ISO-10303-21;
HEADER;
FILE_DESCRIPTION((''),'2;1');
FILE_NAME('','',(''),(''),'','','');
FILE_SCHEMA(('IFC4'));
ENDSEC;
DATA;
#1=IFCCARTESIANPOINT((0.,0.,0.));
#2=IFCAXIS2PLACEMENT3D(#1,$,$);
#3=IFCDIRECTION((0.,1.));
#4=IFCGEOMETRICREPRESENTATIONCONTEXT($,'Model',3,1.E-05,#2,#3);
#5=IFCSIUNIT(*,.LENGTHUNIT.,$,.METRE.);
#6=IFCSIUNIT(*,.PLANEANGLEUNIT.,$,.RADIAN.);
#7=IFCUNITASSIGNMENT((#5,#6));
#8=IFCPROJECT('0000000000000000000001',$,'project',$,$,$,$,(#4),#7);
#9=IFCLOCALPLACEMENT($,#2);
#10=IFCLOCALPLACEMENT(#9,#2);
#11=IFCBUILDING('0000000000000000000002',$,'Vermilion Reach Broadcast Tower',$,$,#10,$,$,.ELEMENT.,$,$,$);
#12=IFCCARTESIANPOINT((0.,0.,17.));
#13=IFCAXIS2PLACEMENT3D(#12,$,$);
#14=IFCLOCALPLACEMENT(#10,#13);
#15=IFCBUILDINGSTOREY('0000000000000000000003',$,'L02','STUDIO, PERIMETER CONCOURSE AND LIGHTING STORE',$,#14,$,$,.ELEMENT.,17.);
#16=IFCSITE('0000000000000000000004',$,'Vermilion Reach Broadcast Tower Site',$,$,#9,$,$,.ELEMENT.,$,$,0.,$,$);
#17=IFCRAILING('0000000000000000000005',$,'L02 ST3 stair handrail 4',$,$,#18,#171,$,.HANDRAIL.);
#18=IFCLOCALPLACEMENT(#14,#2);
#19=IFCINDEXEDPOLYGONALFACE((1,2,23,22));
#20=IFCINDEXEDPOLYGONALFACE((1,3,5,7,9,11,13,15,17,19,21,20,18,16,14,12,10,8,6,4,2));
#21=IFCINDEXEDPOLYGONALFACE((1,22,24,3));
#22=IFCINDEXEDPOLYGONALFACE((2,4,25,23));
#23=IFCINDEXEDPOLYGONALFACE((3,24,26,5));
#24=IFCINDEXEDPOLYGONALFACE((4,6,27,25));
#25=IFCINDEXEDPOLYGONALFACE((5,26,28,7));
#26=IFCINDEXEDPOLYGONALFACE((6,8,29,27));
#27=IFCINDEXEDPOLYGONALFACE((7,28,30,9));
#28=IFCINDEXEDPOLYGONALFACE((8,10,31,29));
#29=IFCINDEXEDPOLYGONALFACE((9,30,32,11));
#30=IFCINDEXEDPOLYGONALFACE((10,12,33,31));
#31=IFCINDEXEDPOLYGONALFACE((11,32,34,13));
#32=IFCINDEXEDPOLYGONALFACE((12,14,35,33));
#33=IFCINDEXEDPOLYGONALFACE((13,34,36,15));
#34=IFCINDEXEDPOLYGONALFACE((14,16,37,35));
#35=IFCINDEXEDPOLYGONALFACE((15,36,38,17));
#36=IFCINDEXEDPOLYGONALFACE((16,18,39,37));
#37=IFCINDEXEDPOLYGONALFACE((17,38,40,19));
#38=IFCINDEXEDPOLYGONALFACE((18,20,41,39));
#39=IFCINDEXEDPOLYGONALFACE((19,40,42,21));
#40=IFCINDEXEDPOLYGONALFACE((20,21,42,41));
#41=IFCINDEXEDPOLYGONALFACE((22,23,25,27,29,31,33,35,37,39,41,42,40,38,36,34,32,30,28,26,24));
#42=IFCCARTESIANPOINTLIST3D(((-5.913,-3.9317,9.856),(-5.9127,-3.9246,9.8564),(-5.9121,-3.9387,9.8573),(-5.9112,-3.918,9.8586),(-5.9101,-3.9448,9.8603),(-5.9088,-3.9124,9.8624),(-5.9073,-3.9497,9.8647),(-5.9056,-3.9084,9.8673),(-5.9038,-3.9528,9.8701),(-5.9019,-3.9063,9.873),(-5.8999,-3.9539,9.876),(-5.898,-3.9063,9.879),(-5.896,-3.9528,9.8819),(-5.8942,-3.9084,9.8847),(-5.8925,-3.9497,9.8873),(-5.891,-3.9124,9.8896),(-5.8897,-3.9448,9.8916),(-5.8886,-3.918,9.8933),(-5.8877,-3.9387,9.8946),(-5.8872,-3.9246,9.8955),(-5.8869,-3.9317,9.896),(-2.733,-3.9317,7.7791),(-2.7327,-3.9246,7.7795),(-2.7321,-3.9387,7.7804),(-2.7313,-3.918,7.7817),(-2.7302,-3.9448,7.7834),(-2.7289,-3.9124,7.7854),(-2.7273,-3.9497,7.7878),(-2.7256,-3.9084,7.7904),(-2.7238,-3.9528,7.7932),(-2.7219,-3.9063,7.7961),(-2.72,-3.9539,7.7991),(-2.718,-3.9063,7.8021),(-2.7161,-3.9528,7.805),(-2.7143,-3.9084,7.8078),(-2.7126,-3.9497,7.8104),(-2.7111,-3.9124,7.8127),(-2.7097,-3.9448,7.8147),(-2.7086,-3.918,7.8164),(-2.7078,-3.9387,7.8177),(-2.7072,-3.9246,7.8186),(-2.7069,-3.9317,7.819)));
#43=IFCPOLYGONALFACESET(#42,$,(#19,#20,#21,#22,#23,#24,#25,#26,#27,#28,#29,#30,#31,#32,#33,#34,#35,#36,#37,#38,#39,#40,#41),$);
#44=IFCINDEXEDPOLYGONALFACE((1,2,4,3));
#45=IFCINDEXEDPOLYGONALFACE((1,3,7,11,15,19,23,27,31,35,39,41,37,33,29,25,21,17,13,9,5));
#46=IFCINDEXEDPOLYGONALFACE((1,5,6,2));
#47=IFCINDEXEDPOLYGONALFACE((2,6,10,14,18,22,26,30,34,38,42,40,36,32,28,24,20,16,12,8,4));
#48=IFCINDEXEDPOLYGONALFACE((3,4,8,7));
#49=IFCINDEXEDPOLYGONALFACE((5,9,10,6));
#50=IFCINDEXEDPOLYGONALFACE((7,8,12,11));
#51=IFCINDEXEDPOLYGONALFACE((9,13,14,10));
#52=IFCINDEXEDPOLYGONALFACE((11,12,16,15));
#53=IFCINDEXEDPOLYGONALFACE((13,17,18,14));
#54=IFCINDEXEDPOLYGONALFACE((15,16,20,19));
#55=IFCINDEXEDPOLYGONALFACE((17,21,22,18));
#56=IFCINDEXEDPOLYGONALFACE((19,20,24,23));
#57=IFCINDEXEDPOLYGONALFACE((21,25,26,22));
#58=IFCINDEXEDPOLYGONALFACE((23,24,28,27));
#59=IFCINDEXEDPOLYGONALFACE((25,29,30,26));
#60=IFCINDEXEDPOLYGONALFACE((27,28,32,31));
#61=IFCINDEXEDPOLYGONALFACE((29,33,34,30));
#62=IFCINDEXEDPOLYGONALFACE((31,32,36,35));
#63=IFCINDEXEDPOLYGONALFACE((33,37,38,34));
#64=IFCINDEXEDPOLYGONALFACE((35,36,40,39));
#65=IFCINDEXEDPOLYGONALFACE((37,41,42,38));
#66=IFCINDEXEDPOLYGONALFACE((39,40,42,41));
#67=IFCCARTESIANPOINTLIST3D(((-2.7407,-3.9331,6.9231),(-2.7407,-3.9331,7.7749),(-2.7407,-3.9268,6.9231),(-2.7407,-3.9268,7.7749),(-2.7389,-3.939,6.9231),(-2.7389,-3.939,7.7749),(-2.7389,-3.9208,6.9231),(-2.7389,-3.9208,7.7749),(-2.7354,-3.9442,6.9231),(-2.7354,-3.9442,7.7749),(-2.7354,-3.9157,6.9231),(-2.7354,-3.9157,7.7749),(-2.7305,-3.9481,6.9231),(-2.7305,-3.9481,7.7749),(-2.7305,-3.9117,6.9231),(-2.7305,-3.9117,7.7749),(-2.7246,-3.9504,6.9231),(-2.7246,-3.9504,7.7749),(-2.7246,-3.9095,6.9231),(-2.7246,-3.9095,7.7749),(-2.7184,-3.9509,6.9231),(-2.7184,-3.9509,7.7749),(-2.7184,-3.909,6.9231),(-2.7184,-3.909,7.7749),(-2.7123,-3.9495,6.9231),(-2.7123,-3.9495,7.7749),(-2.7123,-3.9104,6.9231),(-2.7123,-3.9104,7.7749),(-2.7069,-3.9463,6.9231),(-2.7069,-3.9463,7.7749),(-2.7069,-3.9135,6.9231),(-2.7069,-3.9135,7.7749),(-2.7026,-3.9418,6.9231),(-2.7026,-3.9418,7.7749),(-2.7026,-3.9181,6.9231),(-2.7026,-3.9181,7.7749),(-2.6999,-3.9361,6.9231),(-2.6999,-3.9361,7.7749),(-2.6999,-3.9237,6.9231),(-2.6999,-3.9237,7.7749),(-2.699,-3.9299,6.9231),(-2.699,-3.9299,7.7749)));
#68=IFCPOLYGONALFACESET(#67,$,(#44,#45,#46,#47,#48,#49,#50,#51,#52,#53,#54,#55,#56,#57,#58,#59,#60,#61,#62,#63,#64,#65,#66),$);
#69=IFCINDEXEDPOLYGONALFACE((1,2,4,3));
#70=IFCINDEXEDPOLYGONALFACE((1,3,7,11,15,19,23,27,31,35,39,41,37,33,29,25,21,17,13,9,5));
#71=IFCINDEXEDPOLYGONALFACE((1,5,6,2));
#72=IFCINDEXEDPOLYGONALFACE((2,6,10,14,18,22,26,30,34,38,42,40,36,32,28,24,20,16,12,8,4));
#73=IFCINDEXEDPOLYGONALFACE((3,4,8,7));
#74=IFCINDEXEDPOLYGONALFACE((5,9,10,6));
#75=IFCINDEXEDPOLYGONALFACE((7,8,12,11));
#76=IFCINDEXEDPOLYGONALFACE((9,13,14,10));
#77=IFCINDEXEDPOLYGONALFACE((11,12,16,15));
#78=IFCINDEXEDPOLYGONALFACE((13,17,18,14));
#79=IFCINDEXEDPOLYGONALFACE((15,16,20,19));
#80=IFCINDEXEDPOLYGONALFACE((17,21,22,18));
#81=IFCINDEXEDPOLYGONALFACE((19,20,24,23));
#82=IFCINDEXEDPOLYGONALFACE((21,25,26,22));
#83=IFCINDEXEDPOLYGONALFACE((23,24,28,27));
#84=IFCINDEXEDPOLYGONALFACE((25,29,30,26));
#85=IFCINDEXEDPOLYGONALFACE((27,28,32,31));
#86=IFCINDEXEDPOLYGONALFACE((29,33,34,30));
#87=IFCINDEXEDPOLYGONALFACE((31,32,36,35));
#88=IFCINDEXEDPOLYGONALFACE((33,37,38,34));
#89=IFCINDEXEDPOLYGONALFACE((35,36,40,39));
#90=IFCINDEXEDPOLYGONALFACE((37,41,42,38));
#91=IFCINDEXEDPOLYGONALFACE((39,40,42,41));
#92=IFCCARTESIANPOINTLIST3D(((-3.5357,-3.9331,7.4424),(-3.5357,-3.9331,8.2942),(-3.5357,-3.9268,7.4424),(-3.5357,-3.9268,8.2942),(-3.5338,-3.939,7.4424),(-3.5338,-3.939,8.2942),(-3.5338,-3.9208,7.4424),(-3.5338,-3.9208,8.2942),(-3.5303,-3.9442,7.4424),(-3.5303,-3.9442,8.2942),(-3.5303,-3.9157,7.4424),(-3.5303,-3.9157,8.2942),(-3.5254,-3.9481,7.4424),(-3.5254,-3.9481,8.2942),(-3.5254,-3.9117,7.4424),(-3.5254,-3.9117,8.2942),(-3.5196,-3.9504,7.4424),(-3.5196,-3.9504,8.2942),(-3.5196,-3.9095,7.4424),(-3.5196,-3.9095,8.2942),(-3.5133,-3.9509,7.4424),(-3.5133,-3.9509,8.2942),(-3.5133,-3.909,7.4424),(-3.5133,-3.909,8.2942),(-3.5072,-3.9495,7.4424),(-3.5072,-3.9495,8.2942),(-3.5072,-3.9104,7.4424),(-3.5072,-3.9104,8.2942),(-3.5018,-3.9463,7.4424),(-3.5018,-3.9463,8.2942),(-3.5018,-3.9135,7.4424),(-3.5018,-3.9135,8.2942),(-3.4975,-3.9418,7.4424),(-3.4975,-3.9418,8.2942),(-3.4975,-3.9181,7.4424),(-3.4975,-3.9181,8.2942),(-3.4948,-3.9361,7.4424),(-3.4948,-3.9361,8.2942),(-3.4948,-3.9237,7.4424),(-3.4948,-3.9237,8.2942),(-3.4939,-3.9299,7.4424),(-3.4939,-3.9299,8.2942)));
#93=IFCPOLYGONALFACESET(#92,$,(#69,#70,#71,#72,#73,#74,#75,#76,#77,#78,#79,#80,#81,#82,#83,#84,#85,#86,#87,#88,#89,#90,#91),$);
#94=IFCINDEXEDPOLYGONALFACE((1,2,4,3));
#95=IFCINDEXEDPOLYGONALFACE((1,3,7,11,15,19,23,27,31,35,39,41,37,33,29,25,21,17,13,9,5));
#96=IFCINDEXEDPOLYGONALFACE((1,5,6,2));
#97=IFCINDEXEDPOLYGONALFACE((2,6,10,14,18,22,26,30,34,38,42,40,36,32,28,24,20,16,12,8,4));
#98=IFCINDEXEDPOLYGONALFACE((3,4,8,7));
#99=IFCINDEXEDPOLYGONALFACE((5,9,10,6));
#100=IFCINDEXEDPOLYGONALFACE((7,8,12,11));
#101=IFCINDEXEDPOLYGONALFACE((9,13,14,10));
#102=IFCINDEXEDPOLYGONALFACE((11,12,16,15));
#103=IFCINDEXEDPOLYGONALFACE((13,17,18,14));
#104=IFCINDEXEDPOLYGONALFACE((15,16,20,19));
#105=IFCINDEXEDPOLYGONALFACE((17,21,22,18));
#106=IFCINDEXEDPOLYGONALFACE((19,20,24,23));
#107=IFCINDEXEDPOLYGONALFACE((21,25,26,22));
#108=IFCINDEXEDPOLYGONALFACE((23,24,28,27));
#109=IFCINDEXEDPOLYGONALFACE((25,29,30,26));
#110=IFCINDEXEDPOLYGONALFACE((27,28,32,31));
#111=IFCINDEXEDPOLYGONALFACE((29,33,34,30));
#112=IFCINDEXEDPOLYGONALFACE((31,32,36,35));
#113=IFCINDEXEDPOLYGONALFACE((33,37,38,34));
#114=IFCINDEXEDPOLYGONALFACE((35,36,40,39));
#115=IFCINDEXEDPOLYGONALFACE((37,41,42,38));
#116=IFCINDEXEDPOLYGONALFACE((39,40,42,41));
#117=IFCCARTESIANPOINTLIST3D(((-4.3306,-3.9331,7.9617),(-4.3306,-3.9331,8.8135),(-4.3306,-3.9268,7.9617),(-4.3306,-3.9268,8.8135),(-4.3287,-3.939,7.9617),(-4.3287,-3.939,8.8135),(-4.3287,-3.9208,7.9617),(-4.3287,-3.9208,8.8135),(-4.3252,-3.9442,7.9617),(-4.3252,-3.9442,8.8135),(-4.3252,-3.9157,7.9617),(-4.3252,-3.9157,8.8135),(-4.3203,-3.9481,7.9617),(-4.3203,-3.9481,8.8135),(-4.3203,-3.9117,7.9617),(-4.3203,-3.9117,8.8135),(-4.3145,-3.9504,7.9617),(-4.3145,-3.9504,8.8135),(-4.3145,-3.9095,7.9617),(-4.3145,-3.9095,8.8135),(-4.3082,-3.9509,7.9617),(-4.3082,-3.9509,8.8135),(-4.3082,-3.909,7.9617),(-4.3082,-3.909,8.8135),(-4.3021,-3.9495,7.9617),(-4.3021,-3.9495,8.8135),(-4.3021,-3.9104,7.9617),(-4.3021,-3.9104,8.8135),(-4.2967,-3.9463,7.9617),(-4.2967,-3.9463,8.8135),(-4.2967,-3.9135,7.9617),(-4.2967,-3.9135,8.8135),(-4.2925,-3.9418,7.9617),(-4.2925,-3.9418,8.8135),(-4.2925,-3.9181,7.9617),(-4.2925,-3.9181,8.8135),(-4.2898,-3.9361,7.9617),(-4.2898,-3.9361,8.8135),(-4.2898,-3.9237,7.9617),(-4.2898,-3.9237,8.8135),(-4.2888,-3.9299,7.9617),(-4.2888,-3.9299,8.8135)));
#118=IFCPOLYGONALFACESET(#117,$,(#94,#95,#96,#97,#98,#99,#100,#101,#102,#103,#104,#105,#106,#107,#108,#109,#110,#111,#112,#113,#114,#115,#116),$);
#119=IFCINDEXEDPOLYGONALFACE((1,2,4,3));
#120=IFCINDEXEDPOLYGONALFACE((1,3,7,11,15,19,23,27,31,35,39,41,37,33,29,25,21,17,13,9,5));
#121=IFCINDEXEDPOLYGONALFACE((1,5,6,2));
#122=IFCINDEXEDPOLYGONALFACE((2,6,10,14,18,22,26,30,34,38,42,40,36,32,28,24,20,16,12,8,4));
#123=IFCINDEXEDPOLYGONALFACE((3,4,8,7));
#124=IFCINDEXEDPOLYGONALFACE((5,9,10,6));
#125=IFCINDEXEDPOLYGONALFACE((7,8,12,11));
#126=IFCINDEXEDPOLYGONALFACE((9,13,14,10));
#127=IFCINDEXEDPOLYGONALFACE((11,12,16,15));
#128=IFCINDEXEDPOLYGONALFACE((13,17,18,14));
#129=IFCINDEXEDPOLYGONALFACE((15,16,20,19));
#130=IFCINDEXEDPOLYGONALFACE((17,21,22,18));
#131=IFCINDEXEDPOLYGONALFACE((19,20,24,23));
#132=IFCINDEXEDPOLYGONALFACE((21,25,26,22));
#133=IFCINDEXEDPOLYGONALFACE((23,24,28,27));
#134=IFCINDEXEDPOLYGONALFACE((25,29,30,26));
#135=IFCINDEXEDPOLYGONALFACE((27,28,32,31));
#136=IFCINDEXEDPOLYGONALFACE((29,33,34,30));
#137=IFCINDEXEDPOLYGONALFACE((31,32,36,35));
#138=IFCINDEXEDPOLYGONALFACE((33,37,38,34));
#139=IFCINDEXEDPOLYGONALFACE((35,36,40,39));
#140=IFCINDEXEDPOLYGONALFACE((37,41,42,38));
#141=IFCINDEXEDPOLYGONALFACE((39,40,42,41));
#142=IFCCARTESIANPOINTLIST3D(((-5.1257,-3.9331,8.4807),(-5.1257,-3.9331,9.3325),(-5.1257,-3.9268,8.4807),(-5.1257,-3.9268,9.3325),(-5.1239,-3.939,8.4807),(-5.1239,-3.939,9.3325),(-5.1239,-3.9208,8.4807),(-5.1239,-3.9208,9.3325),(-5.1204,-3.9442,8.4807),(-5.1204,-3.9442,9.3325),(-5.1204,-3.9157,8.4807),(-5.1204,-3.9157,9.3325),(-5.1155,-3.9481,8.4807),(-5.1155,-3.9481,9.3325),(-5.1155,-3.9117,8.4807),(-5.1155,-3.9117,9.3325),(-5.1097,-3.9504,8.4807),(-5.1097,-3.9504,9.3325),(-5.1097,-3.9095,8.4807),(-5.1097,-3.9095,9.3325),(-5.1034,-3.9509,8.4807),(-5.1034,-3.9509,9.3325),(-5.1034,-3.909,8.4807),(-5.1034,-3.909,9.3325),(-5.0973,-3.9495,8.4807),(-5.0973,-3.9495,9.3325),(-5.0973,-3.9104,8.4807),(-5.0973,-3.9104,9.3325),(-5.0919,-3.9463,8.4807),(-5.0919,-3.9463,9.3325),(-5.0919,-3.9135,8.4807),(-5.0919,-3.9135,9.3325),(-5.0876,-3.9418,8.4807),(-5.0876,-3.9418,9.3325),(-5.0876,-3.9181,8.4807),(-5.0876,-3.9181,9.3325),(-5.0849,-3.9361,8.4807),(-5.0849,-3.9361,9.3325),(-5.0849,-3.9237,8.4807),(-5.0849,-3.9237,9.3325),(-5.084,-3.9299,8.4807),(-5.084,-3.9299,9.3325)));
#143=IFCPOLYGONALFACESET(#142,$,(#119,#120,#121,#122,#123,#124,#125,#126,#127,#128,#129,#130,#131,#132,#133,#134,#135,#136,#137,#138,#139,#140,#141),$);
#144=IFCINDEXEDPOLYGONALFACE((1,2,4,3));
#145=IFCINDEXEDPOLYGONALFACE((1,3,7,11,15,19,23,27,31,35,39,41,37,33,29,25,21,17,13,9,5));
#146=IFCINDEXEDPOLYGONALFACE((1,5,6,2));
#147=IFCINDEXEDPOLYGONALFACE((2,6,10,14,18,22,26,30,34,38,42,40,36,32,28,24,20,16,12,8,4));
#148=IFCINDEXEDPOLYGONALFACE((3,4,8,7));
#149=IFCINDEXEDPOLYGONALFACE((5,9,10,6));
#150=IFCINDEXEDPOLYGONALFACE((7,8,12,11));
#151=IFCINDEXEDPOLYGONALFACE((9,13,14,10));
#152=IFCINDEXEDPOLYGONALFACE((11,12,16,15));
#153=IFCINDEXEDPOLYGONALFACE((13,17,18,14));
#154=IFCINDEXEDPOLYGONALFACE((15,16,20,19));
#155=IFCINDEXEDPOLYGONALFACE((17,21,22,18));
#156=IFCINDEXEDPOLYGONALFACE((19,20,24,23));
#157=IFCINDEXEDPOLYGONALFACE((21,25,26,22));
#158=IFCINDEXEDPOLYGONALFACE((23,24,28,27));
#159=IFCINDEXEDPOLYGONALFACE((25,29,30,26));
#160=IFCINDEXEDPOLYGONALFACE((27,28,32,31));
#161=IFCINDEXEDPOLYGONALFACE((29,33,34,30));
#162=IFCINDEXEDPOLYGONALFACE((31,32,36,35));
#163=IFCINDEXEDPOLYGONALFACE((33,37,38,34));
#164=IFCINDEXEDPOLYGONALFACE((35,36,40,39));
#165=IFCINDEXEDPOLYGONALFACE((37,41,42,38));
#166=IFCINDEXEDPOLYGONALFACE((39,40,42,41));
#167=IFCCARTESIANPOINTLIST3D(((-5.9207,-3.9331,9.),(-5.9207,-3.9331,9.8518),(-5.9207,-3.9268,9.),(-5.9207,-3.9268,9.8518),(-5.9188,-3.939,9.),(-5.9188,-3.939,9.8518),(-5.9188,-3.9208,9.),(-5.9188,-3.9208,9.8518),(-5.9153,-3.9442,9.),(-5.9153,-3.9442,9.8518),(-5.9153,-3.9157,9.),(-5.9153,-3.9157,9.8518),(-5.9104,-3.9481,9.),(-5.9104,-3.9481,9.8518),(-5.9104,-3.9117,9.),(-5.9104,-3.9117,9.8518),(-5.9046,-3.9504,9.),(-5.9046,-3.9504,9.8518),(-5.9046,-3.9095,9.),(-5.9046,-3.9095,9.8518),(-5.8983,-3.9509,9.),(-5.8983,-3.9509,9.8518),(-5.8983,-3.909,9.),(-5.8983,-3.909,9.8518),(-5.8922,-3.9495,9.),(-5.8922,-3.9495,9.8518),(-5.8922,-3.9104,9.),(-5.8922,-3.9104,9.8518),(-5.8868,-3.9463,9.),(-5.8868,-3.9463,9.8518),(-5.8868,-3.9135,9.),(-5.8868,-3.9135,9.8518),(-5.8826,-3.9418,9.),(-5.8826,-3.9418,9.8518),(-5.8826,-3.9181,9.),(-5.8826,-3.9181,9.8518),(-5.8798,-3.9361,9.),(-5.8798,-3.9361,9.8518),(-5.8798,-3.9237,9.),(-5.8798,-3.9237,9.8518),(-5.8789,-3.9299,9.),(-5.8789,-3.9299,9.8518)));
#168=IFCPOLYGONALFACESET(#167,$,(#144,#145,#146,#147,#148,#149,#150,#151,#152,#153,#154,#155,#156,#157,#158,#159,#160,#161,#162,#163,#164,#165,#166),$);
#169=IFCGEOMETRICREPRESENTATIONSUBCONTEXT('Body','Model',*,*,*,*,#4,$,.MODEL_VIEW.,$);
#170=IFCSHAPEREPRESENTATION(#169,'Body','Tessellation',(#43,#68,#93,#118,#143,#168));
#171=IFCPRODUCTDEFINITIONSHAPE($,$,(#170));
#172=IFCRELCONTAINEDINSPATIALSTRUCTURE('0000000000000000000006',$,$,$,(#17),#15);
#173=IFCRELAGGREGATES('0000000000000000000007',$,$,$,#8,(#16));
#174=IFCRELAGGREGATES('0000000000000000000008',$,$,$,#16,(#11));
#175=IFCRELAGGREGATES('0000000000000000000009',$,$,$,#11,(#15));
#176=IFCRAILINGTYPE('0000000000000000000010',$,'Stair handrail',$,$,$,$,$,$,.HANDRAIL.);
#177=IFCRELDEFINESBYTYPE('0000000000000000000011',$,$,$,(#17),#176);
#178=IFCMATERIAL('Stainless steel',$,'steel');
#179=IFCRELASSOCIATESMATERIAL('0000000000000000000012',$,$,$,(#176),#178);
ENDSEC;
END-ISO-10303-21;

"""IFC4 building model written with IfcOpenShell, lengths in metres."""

from ifc_helpers import new_model, si_unit, direction, frame, origin, origin_2d, place, context, subcontext, project, spatial, circle, extrude, material, type_object, element, save


model = new_model("IFC4")

# Units and contexts
model_context = context("Model", 3, precision=1e-05, world=origin(), true_north=direction((0.0, 1.0)))
body_context = subcontext(model_context, "Body", "Model", "MODEL_VIEW")
ifc_project = project(units=[si_unit("LENGTHUNIT", "METRE"), si_unit("PLANEANGLEUNIT", "RADIAN")], contexts=[model_context])

# Site, building, storey
site_placement = place(None, origin())
site = spatial("IfcSite", under=ifc_project, at=site_placement, Name="Vermilion Reach Broadcast Tower Site", CompositionType="ELEMENT", RefElevation=0.0)
building_placement = place(site_placement, origin())
building = spatial("IfcBuilding", under=site, at=building_placement, Name="Vermilion Reach Broadcast Tower", CompositionType="ELEMENT")
storey_placement = place(building_placement, frame((0.0, 0.0, 17.0)))
storey = spatial("IfcBuildingStorey", under=building, at=storey_placement, Name="L02", Description="STUDIO, PERIMETER CONCOURSE AND LIGHTING STORE", CompositionType="ELEMENT", Elevation=17.0)

# Railing
ifc_material_1 = material(Name="Stainless steel", Category="steel")
railing_type_1 = type_object("IfcRailingType", Name="Stair handrail", PredefinedType="HANDRAIL", material=ifc_material_1)
railing_1_placement = place(storey_placement, frame((-2.72, -3.9299, 6.9231)))
element("IfcRailing", 1, at=railing_1_placement, inside=storey, type_object=railing_type_1, Name="L02 ST3 stair handrail 4", PredefinedType="HANDRAIL", context=body_context, shape_type="SweptSolid", body=[
    extrude(circle(Radius=0.0239, at=origin_2d()), frame((0.0, 0.0, 0.876), z_axis=(-0.837245, 0.0, 0.546828), x_axis=(0.0, -1.0, 0.0)), (0.0, 0.0, 1.0), 3.7981),
    extrude(circle(Radius=0.021, at=origin_2d()), origin(), (0.0, 0.0, 1.0), 0.8518),
    extrude(circle(Radius=0.021, at=origin_2d()), frame((-0.7949, 0.0, 0.5193)), (0.0, 0.0, 1.0), 0.8518),
    extrude(circle(Radius=0.021, at=origin_2d()), frame((-1.5898, 0.0, 1.0386)), (0.0, 0.0, 1.0), 0.8518),
    extrude(circle(Radius=0.021, at=origin_2d()), frame((-2.385, 0.0, 1.5576)), (0.0, 0.0, 1.0), 0.8518),
    extrude(circle(Radius=0.021, at=origin_2d()), frame((-3.1799, 0.0, 2.0769)), (0.0, 0.0, 1.0), 0.8518),
])

save(model, "model.ifc")
